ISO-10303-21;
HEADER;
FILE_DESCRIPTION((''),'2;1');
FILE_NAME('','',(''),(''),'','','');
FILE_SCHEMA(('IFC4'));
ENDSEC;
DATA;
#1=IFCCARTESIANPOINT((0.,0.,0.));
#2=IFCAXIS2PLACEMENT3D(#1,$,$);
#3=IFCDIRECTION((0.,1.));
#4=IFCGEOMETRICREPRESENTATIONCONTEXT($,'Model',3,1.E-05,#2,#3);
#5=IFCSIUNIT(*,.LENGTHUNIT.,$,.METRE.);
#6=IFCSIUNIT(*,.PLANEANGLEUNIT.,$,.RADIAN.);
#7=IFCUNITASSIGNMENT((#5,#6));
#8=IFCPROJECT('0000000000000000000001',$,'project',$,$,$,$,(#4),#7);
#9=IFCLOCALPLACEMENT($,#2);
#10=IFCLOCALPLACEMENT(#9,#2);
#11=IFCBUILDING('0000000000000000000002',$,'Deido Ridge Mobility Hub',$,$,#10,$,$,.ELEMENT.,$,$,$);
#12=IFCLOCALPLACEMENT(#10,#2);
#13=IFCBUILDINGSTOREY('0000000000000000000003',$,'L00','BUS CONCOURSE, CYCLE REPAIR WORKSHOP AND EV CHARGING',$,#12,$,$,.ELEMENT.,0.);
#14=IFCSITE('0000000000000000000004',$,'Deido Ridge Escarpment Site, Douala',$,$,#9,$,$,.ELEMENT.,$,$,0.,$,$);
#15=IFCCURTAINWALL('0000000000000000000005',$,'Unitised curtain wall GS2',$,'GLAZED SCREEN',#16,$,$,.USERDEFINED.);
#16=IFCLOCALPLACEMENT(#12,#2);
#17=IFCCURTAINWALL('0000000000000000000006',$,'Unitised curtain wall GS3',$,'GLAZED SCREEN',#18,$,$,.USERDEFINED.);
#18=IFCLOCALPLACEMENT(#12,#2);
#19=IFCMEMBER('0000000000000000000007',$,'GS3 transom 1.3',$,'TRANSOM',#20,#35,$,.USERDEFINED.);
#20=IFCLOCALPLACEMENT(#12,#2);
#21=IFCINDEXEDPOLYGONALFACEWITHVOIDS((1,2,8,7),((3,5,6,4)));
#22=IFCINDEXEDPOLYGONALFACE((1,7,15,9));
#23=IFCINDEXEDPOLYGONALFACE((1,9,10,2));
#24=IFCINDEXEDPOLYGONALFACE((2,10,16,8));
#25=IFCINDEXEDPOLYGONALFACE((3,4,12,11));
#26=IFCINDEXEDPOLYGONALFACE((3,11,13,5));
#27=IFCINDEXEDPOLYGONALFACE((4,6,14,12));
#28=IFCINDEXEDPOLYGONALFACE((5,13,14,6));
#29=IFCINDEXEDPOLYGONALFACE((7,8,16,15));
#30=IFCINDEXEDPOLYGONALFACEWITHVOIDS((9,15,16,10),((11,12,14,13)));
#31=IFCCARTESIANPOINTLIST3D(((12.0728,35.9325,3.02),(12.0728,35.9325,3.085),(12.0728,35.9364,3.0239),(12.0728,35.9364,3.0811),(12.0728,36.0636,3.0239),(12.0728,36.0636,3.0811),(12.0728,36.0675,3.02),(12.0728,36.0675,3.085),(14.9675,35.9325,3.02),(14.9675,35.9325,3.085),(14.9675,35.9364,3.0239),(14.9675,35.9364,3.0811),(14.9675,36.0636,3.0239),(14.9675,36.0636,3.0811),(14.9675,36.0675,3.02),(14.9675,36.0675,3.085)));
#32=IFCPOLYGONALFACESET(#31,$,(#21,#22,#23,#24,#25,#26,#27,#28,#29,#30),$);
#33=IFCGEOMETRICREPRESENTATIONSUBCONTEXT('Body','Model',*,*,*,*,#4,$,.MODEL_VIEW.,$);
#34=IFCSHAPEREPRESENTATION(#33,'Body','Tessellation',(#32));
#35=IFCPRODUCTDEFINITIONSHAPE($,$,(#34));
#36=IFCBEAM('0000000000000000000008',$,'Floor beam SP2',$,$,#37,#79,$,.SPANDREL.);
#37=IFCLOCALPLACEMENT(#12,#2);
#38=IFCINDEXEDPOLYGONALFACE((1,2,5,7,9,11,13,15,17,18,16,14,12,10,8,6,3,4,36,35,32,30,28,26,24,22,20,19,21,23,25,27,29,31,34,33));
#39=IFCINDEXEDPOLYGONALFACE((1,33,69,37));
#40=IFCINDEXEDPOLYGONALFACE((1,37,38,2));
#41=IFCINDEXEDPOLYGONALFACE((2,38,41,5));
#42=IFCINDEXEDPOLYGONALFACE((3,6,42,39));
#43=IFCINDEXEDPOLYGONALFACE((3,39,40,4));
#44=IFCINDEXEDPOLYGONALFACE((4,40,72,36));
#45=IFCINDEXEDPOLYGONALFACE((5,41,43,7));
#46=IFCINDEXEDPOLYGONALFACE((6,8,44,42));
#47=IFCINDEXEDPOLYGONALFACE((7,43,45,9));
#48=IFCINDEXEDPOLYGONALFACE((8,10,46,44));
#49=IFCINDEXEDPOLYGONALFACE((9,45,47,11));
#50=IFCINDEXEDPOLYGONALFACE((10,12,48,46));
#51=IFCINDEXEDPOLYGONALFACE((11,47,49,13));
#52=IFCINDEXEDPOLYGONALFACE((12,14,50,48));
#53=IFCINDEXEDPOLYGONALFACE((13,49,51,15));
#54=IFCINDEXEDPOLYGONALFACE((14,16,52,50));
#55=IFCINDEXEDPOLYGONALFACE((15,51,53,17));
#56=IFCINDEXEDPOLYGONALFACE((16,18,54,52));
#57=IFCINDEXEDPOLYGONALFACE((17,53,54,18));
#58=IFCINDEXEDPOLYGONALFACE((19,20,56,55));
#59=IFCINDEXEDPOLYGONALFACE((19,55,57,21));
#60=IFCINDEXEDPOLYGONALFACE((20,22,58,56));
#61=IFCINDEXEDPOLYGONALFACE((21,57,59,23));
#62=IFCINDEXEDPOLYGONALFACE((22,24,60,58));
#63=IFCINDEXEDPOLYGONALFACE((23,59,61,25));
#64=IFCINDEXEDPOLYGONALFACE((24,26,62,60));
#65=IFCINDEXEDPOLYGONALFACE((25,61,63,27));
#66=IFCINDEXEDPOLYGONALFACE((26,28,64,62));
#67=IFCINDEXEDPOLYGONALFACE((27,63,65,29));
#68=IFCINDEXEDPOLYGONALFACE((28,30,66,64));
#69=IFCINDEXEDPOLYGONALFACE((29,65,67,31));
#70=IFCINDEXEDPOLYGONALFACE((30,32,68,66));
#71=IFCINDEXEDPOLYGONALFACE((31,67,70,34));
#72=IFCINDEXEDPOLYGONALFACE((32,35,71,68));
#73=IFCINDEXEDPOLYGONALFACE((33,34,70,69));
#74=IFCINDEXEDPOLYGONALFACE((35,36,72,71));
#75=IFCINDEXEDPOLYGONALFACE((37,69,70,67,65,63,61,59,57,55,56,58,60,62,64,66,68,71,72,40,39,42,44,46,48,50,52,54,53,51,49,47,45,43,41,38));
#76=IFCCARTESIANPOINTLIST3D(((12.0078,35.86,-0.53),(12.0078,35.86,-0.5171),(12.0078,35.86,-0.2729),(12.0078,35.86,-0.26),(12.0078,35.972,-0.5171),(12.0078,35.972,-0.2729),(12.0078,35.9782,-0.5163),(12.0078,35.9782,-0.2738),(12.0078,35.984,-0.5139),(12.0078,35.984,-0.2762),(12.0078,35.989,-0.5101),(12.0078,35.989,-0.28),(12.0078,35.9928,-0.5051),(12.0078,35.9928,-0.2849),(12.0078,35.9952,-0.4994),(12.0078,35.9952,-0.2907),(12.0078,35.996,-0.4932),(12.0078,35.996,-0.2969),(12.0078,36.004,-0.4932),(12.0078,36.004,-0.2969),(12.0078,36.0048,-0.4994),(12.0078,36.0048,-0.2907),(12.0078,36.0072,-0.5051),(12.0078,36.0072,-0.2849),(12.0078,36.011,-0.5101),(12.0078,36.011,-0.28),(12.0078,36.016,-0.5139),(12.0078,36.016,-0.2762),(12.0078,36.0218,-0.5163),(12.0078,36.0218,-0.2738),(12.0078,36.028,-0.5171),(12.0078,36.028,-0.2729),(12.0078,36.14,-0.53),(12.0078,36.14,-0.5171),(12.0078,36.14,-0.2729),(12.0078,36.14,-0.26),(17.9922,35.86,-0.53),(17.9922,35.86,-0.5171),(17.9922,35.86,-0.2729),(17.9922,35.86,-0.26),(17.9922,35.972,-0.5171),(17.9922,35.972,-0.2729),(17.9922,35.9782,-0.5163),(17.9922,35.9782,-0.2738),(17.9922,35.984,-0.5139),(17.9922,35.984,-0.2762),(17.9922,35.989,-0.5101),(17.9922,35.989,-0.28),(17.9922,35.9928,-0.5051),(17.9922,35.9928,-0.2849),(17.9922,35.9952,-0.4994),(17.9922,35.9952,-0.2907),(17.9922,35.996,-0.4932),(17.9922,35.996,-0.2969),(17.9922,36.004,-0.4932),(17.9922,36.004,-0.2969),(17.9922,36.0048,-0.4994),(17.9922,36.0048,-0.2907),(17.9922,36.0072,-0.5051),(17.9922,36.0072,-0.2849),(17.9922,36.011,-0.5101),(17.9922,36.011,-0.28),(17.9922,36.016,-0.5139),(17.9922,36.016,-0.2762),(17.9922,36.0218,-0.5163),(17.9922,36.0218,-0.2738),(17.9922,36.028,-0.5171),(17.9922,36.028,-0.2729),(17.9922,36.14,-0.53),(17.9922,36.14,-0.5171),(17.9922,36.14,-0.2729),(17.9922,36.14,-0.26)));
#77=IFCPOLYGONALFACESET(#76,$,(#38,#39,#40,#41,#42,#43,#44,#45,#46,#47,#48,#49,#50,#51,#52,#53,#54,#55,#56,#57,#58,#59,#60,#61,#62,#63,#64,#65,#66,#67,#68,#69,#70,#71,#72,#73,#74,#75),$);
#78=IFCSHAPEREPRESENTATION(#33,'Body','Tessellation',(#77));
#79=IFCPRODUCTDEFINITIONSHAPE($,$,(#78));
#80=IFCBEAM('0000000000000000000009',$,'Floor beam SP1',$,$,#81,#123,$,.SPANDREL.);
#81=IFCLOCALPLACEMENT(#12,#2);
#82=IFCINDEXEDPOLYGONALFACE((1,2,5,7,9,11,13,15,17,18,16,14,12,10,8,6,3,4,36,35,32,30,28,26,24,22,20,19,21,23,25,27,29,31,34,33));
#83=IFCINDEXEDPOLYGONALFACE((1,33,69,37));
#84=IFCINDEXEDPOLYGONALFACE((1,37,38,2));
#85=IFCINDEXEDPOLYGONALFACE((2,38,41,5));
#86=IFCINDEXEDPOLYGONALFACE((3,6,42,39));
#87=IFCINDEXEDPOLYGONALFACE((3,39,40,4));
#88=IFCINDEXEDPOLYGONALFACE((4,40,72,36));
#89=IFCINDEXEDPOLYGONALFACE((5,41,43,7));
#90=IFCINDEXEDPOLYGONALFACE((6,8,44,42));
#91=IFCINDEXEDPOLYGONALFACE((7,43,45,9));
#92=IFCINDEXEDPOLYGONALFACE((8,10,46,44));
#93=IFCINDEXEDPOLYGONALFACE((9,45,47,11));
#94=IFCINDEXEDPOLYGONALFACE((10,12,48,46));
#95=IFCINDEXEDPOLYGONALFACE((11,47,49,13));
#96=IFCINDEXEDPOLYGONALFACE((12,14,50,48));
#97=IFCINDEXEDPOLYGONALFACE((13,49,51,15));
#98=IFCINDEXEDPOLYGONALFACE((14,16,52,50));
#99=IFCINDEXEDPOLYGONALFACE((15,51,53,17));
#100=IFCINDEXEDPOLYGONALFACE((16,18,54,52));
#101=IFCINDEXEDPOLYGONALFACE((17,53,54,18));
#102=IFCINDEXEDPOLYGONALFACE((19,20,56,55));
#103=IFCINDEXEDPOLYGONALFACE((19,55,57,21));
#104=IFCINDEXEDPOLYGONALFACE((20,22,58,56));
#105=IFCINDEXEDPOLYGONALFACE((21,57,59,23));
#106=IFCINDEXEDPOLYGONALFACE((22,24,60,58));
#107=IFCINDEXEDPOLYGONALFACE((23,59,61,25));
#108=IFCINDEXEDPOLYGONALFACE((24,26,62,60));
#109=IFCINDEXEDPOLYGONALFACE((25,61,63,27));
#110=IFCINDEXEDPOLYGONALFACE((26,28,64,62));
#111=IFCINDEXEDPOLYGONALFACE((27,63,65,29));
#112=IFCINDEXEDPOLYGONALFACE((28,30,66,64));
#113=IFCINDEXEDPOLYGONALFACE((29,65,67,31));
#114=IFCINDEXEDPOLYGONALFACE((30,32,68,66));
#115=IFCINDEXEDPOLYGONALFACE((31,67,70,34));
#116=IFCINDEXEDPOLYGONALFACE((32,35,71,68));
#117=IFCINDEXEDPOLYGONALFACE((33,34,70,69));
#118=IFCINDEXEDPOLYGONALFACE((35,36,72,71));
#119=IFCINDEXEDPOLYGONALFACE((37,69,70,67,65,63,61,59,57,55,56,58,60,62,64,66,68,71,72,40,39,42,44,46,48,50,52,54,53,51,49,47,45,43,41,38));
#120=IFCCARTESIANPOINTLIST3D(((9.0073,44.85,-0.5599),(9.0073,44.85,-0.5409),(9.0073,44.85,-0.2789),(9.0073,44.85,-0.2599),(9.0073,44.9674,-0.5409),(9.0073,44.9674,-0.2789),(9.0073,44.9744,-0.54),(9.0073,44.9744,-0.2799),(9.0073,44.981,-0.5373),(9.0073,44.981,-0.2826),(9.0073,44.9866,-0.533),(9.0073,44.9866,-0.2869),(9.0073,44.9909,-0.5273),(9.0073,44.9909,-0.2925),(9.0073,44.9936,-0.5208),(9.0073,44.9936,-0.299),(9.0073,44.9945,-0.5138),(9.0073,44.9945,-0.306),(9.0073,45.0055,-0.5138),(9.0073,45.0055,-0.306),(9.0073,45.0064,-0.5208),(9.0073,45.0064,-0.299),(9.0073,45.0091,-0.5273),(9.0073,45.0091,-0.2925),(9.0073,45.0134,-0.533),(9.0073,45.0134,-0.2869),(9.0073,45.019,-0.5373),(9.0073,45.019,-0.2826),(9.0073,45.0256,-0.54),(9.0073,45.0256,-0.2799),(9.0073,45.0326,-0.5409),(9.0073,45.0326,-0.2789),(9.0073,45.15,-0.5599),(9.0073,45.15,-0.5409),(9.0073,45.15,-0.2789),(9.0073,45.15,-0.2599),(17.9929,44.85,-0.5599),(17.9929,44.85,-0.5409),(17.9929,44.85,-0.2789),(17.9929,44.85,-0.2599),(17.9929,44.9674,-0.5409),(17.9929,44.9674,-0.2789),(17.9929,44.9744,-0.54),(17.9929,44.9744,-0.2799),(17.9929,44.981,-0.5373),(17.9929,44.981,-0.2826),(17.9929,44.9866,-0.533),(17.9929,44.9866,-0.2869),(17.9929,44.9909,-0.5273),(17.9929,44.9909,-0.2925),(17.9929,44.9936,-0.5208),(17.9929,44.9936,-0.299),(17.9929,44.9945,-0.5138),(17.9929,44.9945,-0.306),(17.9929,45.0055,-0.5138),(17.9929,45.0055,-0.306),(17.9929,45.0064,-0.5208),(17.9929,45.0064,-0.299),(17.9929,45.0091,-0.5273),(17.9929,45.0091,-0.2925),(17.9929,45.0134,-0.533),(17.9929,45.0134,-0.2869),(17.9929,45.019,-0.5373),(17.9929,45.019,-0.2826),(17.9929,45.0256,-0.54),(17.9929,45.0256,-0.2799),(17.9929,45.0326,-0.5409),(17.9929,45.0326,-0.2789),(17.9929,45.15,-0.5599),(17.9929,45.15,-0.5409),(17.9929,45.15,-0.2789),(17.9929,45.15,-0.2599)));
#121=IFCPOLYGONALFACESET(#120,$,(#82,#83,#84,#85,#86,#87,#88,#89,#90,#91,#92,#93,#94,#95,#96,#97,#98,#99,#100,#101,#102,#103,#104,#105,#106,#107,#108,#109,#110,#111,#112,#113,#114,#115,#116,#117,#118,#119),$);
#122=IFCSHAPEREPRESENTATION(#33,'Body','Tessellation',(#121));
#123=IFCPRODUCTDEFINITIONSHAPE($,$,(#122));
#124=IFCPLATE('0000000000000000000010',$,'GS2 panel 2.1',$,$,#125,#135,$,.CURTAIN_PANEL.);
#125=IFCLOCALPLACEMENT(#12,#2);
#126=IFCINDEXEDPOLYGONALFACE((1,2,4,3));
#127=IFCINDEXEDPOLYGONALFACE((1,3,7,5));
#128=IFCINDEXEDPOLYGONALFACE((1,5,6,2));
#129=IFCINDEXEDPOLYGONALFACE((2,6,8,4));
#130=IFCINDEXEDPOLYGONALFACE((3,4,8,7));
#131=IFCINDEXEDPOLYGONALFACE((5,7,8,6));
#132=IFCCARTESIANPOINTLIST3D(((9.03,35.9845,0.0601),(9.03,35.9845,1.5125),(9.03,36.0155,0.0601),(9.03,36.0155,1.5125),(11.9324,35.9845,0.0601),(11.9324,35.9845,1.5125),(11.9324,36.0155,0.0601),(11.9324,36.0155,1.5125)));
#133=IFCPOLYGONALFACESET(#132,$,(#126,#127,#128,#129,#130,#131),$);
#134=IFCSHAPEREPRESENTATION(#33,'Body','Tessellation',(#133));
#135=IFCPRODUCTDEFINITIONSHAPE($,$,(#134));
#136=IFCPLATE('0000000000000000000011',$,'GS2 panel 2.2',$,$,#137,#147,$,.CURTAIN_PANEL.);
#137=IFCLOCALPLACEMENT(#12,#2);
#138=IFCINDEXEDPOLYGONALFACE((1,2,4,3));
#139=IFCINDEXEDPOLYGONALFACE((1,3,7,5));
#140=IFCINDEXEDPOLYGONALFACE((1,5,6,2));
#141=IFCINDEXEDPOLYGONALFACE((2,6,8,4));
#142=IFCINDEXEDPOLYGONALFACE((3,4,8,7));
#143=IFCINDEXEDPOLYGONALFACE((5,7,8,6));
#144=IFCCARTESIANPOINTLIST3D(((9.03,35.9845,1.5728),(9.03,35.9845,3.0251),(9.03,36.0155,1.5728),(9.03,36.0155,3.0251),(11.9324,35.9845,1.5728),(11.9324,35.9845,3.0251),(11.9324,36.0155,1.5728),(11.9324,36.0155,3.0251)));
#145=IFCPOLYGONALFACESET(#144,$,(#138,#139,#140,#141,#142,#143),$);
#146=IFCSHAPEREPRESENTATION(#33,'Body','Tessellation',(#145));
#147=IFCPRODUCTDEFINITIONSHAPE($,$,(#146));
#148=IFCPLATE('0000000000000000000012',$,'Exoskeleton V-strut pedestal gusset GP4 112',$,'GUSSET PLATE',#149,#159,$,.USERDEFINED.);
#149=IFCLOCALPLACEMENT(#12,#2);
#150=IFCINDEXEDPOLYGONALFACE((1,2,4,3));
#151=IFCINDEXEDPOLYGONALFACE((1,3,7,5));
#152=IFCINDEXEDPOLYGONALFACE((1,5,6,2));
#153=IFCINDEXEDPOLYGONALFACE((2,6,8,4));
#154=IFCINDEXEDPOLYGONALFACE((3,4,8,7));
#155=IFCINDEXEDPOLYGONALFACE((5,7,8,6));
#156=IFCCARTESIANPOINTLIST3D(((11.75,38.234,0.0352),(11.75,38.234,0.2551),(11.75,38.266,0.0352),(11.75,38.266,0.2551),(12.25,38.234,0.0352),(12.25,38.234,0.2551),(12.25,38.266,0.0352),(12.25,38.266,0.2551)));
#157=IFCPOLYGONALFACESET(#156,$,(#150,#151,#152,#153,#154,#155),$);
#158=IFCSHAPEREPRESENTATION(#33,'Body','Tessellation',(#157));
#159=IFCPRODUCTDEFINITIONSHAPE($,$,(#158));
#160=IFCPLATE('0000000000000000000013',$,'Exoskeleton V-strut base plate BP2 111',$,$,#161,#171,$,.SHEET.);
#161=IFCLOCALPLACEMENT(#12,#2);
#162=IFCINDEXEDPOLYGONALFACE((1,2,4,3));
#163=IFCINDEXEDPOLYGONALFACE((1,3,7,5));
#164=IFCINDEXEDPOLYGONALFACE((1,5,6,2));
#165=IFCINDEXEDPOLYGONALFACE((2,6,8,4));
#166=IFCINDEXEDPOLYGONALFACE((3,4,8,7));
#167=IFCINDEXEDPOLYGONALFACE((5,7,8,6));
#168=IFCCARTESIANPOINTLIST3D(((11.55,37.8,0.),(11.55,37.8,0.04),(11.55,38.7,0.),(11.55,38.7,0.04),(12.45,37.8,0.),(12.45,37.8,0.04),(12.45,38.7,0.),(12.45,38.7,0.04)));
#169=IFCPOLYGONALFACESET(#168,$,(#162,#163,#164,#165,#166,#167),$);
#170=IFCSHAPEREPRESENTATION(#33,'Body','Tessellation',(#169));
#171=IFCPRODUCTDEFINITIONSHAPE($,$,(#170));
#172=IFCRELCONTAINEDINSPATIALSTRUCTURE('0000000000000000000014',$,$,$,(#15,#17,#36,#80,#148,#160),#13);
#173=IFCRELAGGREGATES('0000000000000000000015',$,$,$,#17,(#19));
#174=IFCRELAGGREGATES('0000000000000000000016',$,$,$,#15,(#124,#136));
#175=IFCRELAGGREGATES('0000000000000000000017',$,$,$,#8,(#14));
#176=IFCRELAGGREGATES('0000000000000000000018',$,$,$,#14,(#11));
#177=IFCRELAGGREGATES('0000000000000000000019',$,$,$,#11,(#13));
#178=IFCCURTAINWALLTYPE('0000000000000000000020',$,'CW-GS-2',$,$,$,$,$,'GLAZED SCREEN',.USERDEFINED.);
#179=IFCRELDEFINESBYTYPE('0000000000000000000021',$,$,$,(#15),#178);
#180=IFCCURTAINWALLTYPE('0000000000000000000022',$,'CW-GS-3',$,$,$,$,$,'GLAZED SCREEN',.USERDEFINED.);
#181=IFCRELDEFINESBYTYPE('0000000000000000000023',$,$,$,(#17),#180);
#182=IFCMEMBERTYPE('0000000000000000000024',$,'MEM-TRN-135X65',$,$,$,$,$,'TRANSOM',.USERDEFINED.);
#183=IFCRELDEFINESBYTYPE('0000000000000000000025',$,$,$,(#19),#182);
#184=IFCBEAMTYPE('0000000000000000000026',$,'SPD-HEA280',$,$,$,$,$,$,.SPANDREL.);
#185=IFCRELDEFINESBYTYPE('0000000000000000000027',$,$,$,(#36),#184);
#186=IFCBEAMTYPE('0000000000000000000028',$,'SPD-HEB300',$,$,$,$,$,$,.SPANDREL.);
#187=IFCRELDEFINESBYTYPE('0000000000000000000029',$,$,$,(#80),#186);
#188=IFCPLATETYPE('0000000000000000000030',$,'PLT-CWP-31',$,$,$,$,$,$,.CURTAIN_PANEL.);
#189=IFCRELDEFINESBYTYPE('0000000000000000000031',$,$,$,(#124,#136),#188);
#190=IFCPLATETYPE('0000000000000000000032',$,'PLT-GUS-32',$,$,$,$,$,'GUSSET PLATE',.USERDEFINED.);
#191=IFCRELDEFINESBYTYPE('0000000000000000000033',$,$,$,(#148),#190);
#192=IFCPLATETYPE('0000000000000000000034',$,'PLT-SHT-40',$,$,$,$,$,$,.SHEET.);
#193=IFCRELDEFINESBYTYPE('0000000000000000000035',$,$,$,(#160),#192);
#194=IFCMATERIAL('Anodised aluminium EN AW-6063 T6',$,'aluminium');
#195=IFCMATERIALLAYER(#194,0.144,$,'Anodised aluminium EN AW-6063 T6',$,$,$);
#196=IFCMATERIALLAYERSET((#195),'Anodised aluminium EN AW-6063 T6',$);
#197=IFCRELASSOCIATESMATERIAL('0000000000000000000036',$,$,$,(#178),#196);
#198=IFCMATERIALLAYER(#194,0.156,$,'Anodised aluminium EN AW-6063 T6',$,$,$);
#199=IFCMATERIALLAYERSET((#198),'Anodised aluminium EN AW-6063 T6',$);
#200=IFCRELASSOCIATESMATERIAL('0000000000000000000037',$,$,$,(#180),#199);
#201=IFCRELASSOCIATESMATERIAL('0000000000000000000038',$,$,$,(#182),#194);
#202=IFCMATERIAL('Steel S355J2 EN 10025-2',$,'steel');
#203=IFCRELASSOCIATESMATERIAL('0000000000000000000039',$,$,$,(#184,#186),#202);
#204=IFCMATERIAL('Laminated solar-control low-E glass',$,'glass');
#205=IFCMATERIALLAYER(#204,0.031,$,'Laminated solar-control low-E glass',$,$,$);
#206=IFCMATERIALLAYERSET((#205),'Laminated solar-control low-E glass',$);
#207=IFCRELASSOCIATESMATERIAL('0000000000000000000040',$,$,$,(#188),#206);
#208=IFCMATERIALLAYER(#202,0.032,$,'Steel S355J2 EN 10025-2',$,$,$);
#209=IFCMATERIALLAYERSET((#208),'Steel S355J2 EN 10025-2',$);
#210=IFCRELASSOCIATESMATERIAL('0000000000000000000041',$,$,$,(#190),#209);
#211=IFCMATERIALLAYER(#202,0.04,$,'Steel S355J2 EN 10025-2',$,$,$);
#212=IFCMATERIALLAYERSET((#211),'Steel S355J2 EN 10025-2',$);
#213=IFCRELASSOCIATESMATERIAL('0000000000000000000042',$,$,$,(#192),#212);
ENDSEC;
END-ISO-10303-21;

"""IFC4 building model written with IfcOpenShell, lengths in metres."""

from ifc_helpers import new_model, si_unit, direction, frame, origin, origin_2d, place, context, subcontext, project, spatial, rectangle, hollow_rectangle, i_section, extrude, material, layer, layer_set, material_profile, profile_set, type_object, element, aggregate, save


model = new_model("IFC4")

# Units and contexts
model_context = context("Model", 3, precision=1e-05, world=origin(), true_north=direction((0.0, 1.0)))
body_context = subcontext(model_context, "Body", "Model", "MODEL_VIEW")
ifc_project = project(units=[si_unit("LENGTHUNIT", "METRE"), si_unit("PLANEANGLEUNIT", "RADIAN")], contexts=[model_context])

# Site, building, storey
site_placement = place(None, origin())
site = spatial("IfcSite", under=ifc_project, at=site_placement, Name="Deido Ridge Escarpment Site, Douala", CompositionType="ELEMENT", RefElevation=0.0)
building_placement = place(site_placement, origin())
building = spatial("IfcBuilding", under=site, at=building_placement, Name="Deido Ridge Mobility Hub", CompositionType="ELEMENT")
storey_placement = place(building_placement, origin())
storey = spatial("IfcBuildingStorey", under=building, at=storey_placement, Name="L00", Description="BUS CONCOURSE, CYCLE REPAIR WORKSHOP AND EV CHARGING", CompositionType="ELEMENT", Elevation=0.0)

# Shared definitions
ifc_material_1 = material(Name="Steel S355J2 EN 10025-2", Category="steel")

# Curtain walls
ifc_material_2 = material(Name="Anodised aluminium EN AW-6063 T6", Category="aluminium")
ifc_layer_1 = layer(ifc_material_2, 0.144, Name="Anodised aluminium EN AW-6063 T6")
ifc_layer_set_1 = layer_set([ifc_layer_1], Name="Anodised aluminium EN AW-6063 T6")
curtain_wall_type_1 = type_object("IfcCurtainWallType", Name="CW-GS-2", ElementType="GLAZED SCREEN", PredefinedType="USERDEFINED", material=ifc_layer_set_1)
curtain_wall_1_placement = place(storey_placement, origin())
curtain_wall_1 = element("IfcCurtainWall", 1, at=curtain_wall_1_placement, inside=storey, type_object=curtain_wall_type_1, Name="Unitised curtain wall GS2", ObjectType="GLAZED SCREEN", PredefinedType="USERDEFINED")
ifc_layer_2 = layer(ifc_material_2, 0.156, Name="Anodised aluminium EN AW-6063 T6")
ifc_layer_set_2 = layer_set([ifc_layer_2], Name="Anodised aluminium EN AW-6063 T6")
curtain_wall_type_2 = type_object("IfcCurtainWallType", Name="CW-GS-3", ElementType="GLAZED SCREEN", PredefinedType="USERDEFINED", material=ifc_layer_set_2)
curtain_wall_2_placement = place(storey_placement, origin())
curtain_wall_2 = element("IfcCurtainWall", 2, at=curtain_wall_2_placement, inside=storey, type_object=curtain_wall_type_2, Name="Unitised curtain wall GS3", ObjectType="GLAZED SCREEN", PredefinedType="USERDEFINED")

# Member
ifc_material_profile_1 = material_profile(ifc_material_2, hollow_rectangle(XDim=0.135, YDim=0.0649, WallThickness=0.0039, at=origin_2d()), Name="RHS 135x65x4")
ifc_profile_set_1 = profile_set([ifc_material_profile_1], Name="Anodised aluminium EN AW-6063 T6")
member_type_1 = type_object("IfcMemberType", Name="MEM-TRN-135X65", ElementType="TRANSOM", PredefinedType="USERDEFINED", material=ifc_profile_set_1)
member_1_placement = place(storey_placement, frame((12.0728, 36.0, 3.0525), z_axis=(1.0, 0.0, 0.0), x_axis=(0.0, 1.0, 0.0)))
member_1 = element("IfcMember", 3, at=member_1_placement, type_object=member_type_1, Name="GS3 transom 1.3", ObjectType="TRANSOM", PredefinedType="USERDEFINED", context=body_context, shape_type="SweptSolid", body=[
    extrude(hollow_rectangle(XDim=0.135, YDim=0.0649, WallThickness=0.0039, at=origin_2d()), origin(), (0.0, 0.0, 1.0), 2.8948),
])
aggregate(curtain_wall_2, [member_1])

# Beams
ifc_material_profile_2 = material_profile(ifc_material_1, i_section(OverallWidth=0.28, OverallDepth=0.27, WebThickness=0.0081, FlangeThickness=0.0129, FilletRadius=0.0239, at=origin_2d()), Name="HEA 280")
ifc_profile_set_2 = profile_set([ifc_material_profile_2], Name="Steel S355J2 EN 10025-2")
beam_type_1 = type_object("IfcBeamType", Name="SPD-HEA280", PredefinedType="SPANDREL", material=ifc_profile_set_2)
beam_1_placement = place(storey_placement, frame((12.0078, 36.0, -0.395), z_axis=(1.0, 0.0, 0.0), x_axis=(0.0, 1.0, 0.0)))
element("IfcBeam", 4, at=beam_1_placement, inside=storey, type_object=beam_type_1, Name="Floor beam SP2", PredefinedType="SPANDREL", context=body_context, shape_type="SweptSolid", body=[
    extrude(i_section(OverallWidth=0.28, OverallDepth=0.27, WebThickness=0.0081, FlangeThickness=0.0129, FilletRadius=0.0239, at=origin_2d()), origin(), (0.0, 0.0, 1.0), 5.9844),
])
ifc_material_profile_3 = material_profile(ifc_material_1, i_section(OverallWidth=0.3, OverallDepth=0.3, WebThickness=0.011, FlangeThickness=0.019, FilletRadius=0.0271, at=origin_2d()), Name="HEB 300")
ifc_profile_set_3 = profile_set([ifc_material_profile_3], Name="Steel S355J2 EN 10025-2")
beam_type_2 = type_object("IfcBeamType", Name="SPD-HEB300", PredefinedType="SPANDREL", material=ifc_profile_set_3)
beam_2_placement = place(storey_placement, frame((9.0073, 45.0, -0.4099), z_axis=(1.0, 0.0, 0.0), x_axis=(0.0, 1.0, 0.0)))
element("IfcBeam", 5, at=beam_2_placement, inside=storey, type_object=beam_type_2, Name="Floor beam SP1", PredefinedType="SPANDREL", context=body_context, shape_type="SweptSolid", body=[
    extrude(i_section(OverallWidth=0.3, OverallDepth=0.3, WebThickness=0.011, FlangeThickness=0.019, FilletRadius=0.0271, at=origin_2d()), origin(), (0.0, 0.0, 1.0), 8.9856),
])

# Plates
ifc_material_3 = material(Name="Laminated solar-control low-E glass", Category="glass")
ifc_layer_3 = layer(ifc_material_3, 0.031, Name="Laminated solar-control low-E glass")
ifc_layer_set_3 = layer_set([ifc_layer_3], Name="Laminated solar-control low-E glass")
plate_type_1 = type_object("IfcPlateType", Name="PLT-CWP-31", PredefinedType="CURTAIN_PANEL", material=ifc_layer_set_3)
plate_1_placement = place(storey_placement, frame((10.4812, 36.0, 0.0601), z_axis=(0.0, 0.0, 1.0), x_axis=(1.0, 0.0, 0.0)))
plate_1 = element("IfcPlate", 6, at=plate_1_placement, type_object=plate_type_1, Name="GS2 panel 2.1", PredefinedType="CURTAIN_PANEL", context=body_context, shape_type="SweptSolid", body=[
    extrude(rectangle(XDim=2.9023, YDim=0.031, at=origin_2d()), origin(), (0.0, 0.0, 1.0), 1.4524),
])
plate_2_placement = place(storey_placement, frame((10.4812, 36.0, 1.5728), z_axis=(0.0, 0.0, 1.0), x_axis=(1.0, 0.0, 0.0)))
plate_2 = element("IfcPlate", 7, at=plate_2_placement, type_object=plate_type_1, Name="GS2 panel 2.2", PredefinedType="CURTAIN_PANEL", context=body_context, shape_type="SweptSolid", body=[
    extrude(rectangle(XDim=2.9023, YDim=0.031, at=origin_2d()), origin(), (0.0, 0.0, 1.0), 1.4524),
])
aggregate(curtain_wall_1, [plate_1, plate_2])

# Plates
ifc_layer_4 = layer(ifc_material_1, 0.032, Name="Steel S355J2 EN 10025-2")
ifc_layer_set_4 = layer_set([ifc_layer_4], Name="Steel S355J2 EN 10025-2")
plate_type_2 = type_object("IfcPlateType", Name="PLT-GUS-32", ElementType="GUSSET PLATE", PredefinedType="USERDEFINED", material=ifc_layer_set_4)
plate_3_placement = place(storey_placement, frame((12.0, 38.25, 0.0352), z_axis=(0.0, 0.0, 1.0), x_axis=(1.0, 0.0, 0.0)))
element("IfcPlate", 8, at=plate_3_placement, inside=storey, type_object=plate_type_2, Name="Exoskeleton V-strut pedestal gusset GP4 112", ObjectType="GUSSET PLATE", PredefinedType="USERDEFINED", context=body_context, shape_type="SweptSolid", body=[
    extrude(rectangle(XDim=0.5, YDim=0.032, at=origin_2d()), origin(), (0.0, 0.0, 1.0), 0.22),
])
ifc_layer_5 = layer(ifc_material_1, 0.04, Name="Steel S355J2 EN 10025-2")
ifc_layer_set_5 = layer_set([ifc_layer_5], Name="Steel S355J2 EN 10025-2")
plate_type_3 = type_object("IfcPlateType", Name="PLT-SHT-40", PredefinedType="SHEET", material=ifc_layer_set_5)
plate_4_placement = place(storey_placement, frame((12.0, 38.25, 0.0), z_axis=(0.0, 0.0, 1.0), x_axis=(1.0, 0.0, 0.0)))
element("IfcPlate", 9, at=plate_4_placement, inside=storey, type_object=plate_type_3, Name="Exoskeleton V-strut base plate BP2 111", PredefinedType="SHEET", context=body_context, shape_type="SweptSolid", body=[
    extrude(rectangle(XDim=0.8999, YDim=0.8999, at=origin_2d()), origin(), (0.0, 0.0, 1.0), 0.04),
])

save(model, "model.ifc")
